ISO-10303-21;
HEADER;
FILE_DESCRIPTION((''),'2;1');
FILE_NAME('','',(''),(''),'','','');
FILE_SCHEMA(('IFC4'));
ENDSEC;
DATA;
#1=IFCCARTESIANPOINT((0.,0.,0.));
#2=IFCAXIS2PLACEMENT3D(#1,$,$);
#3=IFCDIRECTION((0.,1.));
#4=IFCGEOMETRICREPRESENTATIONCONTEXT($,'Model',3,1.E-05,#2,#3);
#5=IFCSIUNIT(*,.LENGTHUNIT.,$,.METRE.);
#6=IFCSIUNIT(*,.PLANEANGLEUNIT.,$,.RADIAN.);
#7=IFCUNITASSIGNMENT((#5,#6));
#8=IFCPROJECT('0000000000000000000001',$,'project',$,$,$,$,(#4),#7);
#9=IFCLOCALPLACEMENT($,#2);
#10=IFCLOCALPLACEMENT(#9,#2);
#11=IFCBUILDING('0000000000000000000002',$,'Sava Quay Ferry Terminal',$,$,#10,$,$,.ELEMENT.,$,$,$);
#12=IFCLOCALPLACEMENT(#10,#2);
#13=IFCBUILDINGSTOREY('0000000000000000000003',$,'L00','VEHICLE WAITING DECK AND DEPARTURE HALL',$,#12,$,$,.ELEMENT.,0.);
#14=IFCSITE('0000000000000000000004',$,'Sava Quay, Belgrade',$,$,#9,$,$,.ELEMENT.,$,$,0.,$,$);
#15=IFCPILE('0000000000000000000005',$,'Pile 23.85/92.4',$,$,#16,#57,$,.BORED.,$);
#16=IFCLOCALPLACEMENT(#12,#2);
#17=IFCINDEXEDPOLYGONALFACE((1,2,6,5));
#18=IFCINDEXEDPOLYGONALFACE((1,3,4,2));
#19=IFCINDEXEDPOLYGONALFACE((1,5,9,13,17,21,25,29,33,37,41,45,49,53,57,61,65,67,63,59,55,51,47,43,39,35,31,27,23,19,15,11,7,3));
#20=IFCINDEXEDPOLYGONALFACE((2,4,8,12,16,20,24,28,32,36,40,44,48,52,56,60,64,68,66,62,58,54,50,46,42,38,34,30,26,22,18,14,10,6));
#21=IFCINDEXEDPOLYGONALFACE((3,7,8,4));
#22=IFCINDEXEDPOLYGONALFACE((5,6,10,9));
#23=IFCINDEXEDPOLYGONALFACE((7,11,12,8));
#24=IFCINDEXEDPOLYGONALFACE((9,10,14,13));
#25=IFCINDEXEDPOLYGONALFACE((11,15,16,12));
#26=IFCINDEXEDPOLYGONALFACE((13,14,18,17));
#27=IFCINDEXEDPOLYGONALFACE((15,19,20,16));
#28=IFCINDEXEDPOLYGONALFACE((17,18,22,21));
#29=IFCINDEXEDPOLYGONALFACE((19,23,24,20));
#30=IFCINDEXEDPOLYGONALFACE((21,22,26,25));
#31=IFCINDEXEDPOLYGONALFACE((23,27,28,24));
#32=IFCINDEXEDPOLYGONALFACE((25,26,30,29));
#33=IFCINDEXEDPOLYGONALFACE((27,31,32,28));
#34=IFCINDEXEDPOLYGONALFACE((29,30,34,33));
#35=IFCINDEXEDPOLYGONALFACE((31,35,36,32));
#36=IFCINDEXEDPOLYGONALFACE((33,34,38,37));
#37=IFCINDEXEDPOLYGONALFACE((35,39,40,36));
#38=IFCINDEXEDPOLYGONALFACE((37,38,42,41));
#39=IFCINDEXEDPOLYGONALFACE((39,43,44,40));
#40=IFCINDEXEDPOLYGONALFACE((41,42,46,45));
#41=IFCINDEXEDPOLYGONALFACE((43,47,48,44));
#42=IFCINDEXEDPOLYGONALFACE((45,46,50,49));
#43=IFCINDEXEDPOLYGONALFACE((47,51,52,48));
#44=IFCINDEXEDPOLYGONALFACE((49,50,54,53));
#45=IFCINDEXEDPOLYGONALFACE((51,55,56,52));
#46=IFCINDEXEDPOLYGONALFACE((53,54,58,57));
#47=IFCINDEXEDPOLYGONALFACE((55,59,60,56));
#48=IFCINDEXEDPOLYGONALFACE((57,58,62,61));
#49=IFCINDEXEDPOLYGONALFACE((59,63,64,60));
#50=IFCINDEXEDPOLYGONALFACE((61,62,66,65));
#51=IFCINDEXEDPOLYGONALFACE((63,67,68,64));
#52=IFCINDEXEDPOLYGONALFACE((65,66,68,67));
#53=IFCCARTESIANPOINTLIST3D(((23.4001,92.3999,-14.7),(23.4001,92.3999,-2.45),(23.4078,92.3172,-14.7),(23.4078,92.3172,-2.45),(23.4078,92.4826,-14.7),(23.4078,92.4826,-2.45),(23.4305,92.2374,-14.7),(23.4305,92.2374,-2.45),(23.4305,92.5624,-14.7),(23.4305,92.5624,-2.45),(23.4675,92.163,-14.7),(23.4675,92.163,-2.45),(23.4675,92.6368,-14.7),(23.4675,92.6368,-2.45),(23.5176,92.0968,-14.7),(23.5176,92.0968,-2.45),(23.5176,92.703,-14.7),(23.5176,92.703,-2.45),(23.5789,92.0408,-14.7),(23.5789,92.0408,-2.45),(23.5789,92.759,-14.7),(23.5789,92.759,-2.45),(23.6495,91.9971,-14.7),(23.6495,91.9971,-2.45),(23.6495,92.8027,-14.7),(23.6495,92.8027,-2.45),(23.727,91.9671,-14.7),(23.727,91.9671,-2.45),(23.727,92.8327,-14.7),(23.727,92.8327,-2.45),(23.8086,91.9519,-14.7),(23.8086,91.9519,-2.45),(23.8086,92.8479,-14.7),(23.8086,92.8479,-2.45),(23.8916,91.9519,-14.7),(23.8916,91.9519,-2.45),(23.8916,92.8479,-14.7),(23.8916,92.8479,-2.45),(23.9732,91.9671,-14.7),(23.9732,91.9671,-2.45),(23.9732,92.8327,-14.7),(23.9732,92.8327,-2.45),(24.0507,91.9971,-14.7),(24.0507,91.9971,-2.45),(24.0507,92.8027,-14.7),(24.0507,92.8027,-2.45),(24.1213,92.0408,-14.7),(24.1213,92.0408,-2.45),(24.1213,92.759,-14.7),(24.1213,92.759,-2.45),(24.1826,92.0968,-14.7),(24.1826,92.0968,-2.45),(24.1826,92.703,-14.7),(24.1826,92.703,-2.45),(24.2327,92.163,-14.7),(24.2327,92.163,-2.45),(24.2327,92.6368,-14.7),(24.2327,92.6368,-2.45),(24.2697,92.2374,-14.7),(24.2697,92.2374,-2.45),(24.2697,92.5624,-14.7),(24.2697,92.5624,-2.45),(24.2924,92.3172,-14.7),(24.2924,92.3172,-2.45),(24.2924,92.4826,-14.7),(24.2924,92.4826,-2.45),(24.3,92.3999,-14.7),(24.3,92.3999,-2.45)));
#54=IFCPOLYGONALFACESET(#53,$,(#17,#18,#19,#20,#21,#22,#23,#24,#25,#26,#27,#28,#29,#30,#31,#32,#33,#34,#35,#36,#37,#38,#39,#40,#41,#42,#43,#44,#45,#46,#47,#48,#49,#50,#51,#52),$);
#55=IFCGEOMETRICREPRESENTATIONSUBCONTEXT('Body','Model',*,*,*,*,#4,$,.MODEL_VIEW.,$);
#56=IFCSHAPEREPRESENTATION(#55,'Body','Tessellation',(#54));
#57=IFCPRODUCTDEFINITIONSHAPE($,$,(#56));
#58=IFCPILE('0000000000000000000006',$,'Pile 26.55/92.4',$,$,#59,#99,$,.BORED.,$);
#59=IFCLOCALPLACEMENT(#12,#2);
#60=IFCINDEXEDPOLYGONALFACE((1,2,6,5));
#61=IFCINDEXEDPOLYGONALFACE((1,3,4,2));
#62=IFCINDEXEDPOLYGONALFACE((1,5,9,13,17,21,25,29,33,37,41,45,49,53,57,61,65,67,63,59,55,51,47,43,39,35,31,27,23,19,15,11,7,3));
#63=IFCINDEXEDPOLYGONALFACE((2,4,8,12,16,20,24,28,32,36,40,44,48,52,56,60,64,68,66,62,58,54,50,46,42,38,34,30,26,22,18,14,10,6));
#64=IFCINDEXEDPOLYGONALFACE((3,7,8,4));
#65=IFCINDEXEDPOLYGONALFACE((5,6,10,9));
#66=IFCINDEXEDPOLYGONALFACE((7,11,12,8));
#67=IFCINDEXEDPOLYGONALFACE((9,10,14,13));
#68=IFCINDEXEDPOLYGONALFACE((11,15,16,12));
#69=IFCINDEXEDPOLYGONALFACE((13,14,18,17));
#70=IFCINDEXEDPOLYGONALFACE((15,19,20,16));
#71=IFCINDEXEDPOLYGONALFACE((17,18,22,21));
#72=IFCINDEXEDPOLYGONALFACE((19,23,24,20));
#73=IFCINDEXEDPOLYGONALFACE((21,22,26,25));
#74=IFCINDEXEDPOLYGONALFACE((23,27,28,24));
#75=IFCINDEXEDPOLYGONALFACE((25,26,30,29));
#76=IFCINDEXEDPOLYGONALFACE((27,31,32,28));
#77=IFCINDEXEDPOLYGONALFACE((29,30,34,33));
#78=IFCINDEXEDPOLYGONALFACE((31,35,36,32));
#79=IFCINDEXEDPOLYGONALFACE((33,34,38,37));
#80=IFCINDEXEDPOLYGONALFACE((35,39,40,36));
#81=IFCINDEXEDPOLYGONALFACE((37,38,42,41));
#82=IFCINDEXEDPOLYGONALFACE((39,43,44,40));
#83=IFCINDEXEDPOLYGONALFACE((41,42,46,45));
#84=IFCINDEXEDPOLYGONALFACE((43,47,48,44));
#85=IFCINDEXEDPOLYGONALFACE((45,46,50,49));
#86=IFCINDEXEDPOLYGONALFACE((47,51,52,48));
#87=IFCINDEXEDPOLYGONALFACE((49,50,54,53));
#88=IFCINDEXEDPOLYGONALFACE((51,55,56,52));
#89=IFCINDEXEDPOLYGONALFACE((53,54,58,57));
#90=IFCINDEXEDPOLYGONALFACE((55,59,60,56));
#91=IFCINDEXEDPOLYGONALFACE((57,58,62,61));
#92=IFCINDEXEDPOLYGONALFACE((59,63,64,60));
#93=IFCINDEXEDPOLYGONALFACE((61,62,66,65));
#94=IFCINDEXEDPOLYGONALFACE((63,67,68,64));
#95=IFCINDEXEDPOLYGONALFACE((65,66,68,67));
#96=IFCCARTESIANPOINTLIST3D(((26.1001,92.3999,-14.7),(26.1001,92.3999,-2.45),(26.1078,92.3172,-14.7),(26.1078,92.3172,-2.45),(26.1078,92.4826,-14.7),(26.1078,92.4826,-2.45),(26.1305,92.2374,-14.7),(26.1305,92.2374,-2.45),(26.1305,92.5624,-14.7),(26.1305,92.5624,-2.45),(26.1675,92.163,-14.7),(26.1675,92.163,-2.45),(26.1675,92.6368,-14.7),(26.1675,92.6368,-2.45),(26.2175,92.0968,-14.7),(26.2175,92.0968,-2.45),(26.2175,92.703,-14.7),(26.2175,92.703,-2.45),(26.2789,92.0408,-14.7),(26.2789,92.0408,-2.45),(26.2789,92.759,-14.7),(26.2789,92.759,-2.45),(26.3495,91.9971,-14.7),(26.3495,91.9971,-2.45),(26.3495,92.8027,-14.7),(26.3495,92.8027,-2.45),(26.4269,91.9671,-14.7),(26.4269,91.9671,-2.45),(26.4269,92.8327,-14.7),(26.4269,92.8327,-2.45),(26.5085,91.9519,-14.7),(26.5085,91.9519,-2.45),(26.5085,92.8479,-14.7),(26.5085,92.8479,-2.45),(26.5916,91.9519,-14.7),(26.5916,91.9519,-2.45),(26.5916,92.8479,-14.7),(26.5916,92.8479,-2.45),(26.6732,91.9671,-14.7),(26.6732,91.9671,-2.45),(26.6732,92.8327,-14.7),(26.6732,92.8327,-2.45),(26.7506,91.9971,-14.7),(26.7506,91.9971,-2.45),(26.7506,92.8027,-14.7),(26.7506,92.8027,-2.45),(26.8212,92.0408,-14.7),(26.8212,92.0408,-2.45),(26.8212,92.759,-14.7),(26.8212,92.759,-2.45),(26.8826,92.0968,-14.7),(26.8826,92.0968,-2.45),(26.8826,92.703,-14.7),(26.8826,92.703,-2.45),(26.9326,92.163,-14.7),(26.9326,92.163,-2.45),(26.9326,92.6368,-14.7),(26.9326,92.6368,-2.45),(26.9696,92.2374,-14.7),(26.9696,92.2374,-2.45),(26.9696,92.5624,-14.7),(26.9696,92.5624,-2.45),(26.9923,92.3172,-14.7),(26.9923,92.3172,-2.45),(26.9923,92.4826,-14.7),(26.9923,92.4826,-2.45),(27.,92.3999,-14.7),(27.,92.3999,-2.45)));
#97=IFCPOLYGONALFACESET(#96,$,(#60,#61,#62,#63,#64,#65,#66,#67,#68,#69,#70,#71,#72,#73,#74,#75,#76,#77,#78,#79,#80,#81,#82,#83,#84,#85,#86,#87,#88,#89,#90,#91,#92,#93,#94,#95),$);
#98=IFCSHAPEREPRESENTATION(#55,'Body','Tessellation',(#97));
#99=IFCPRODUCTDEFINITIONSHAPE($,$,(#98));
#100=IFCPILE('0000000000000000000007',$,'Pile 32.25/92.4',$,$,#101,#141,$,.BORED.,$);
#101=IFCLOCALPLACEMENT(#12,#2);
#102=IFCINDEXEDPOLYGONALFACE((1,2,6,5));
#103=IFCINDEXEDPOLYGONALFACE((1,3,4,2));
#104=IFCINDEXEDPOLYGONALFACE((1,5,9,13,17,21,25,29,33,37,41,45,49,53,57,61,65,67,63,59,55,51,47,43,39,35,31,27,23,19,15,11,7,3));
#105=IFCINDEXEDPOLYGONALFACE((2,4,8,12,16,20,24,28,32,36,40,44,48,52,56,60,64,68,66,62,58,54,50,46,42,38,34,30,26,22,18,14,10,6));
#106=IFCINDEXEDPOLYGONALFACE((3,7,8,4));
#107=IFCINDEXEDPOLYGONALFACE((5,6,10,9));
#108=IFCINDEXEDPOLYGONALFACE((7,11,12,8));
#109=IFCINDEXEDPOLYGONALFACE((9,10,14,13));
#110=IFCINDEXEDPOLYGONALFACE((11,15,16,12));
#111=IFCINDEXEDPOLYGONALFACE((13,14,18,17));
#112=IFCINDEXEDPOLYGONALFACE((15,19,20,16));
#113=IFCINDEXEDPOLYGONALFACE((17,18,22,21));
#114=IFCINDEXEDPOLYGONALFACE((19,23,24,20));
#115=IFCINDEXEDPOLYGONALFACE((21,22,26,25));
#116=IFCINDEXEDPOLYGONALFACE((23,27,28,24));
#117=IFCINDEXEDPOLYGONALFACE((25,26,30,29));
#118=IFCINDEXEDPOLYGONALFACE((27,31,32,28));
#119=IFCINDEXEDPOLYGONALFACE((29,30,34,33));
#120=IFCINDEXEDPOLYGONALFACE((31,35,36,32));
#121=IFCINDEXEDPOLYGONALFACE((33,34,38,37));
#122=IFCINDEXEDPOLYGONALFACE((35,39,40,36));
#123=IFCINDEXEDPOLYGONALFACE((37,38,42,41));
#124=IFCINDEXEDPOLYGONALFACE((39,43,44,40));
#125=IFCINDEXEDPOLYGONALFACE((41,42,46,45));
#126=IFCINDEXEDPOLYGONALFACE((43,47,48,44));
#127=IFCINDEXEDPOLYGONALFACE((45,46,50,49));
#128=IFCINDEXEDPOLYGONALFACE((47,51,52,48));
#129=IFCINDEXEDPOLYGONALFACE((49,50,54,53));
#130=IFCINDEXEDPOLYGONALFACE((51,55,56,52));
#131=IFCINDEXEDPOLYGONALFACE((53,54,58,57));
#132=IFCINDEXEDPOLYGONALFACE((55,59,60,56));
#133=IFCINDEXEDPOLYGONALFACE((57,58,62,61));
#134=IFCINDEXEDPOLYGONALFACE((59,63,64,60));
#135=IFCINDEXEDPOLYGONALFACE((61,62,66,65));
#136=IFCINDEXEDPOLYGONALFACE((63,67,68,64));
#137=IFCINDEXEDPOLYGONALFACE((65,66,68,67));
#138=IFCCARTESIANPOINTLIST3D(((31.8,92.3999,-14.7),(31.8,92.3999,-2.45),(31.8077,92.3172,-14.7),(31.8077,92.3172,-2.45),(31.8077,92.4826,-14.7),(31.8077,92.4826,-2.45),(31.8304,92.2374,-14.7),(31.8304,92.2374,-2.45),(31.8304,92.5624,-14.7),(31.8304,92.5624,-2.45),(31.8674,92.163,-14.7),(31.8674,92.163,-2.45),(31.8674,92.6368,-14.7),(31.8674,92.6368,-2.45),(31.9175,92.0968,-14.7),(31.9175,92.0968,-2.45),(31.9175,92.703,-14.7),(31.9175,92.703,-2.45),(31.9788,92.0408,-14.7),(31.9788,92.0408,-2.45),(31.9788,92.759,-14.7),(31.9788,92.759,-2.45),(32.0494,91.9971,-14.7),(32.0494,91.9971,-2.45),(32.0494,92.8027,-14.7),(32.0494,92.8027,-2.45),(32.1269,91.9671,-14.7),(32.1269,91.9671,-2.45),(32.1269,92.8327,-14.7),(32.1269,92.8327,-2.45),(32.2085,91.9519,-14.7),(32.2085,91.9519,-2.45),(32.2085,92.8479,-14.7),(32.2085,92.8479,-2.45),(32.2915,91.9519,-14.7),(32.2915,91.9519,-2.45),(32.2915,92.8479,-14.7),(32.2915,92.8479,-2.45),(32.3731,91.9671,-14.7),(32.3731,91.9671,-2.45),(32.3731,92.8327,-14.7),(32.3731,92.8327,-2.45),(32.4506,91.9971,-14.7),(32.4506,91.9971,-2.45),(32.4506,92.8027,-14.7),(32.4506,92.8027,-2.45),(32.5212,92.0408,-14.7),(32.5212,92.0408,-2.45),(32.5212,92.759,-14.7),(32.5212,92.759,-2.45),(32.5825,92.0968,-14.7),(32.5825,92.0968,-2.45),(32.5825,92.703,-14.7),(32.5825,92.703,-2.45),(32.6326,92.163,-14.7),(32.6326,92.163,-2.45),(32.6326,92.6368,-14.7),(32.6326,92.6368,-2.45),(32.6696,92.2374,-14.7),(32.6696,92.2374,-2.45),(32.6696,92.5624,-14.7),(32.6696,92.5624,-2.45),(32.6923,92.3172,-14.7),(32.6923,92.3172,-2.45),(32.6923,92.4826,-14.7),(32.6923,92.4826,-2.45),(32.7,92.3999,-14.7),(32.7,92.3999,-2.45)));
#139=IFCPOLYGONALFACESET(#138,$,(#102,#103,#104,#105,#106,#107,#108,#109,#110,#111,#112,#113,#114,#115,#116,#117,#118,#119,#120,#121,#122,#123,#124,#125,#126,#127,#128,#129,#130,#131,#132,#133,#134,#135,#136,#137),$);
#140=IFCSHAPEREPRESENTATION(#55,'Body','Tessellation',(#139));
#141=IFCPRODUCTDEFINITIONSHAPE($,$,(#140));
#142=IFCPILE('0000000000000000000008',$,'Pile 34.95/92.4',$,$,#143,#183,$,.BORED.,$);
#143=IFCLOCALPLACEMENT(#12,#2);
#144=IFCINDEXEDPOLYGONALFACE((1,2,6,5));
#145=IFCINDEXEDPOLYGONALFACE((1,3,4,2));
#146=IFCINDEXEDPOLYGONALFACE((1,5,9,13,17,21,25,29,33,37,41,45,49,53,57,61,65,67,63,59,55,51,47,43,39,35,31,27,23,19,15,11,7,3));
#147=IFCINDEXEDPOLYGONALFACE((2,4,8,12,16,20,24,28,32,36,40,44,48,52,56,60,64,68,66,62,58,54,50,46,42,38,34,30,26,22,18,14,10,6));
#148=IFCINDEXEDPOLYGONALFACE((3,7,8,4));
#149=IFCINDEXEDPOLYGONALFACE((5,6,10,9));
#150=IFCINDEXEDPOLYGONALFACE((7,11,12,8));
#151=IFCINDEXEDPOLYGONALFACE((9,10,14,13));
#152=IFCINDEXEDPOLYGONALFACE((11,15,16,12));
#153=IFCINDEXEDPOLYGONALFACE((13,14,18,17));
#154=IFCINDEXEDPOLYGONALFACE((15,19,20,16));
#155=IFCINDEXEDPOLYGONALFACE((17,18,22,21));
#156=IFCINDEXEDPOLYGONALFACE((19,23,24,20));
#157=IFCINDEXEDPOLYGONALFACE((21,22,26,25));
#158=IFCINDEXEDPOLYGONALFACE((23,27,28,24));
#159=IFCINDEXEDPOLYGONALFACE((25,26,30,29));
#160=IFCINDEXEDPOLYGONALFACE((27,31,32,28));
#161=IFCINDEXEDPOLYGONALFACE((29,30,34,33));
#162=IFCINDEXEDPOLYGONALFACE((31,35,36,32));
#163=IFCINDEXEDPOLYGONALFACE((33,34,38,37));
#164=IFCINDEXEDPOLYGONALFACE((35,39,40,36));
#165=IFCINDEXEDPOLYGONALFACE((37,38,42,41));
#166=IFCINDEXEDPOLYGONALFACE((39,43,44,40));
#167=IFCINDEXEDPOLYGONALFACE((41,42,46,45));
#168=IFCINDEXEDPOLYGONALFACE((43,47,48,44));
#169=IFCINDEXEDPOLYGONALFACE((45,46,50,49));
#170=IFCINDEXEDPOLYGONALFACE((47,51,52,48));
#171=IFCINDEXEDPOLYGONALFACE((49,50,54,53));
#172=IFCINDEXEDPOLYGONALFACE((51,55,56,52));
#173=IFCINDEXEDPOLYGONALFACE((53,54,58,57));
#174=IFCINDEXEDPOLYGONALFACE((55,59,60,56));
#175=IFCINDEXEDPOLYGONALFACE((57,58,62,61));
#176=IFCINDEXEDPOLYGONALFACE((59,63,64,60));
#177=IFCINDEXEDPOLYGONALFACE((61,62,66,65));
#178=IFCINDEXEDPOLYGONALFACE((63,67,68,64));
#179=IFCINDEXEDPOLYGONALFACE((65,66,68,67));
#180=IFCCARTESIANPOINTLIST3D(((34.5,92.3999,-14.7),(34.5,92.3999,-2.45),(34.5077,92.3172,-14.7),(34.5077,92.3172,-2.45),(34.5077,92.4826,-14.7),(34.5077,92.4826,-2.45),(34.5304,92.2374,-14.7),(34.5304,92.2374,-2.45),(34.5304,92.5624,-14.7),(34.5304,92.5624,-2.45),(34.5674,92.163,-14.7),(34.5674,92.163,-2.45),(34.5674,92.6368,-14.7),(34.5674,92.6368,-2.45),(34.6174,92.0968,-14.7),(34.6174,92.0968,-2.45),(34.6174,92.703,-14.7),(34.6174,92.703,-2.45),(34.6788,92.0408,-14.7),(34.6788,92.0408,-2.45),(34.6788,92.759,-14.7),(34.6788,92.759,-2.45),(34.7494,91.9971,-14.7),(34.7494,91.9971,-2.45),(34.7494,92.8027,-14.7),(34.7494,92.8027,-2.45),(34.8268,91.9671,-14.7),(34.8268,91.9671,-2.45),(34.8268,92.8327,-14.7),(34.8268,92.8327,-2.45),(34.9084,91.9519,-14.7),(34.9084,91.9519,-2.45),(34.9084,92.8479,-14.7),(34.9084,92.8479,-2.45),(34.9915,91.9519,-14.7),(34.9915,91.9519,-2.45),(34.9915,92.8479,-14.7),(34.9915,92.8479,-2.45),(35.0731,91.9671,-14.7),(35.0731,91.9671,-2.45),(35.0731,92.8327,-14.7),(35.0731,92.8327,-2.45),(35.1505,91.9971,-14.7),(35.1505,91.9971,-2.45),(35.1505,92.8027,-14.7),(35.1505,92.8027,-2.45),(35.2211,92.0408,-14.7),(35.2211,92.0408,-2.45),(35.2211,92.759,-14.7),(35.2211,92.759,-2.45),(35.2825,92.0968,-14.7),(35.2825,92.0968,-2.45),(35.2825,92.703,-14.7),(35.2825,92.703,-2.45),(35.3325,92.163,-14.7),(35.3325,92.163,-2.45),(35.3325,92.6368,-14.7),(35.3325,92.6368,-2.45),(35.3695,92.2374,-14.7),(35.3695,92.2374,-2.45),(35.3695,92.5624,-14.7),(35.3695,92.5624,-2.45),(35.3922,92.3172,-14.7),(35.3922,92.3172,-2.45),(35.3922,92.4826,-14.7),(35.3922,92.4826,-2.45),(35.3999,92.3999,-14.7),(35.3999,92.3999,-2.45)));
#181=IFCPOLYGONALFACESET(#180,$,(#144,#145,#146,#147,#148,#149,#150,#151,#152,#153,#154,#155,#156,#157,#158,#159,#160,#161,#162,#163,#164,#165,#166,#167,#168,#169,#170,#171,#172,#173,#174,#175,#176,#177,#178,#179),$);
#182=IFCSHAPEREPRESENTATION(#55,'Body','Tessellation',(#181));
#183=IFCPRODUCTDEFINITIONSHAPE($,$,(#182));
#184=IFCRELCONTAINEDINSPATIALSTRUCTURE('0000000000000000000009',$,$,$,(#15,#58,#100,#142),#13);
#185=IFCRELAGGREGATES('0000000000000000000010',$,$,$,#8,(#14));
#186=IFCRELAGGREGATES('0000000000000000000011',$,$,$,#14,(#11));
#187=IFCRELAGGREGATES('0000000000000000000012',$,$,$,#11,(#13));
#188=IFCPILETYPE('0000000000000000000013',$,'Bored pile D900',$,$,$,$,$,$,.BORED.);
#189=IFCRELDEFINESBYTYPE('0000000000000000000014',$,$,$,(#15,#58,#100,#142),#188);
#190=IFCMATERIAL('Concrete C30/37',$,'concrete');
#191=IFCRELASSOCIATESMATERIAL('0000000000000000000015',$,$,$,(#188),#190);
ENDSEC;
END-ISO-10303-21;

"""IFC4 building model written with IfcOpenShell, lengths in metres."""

from ifc_helpers import new_model, si_unit, direction, frame, origin, origin_2d, place, context, subcontext, project, spatial, circle, extrude, material, material_profile, profile_set, type_object, element, save


model = new_model("IFC4")

# Units and contexts
model_context = context("Model", 3, precision=1e-05, world=origin(), true_north=direction((0.0, 1.0)))
body_context = subcontext(model_context, "Body", "Model", "MODEL_VIEW")
ifc_project = project(units=[si_unit("LENGTHUNIT", "METRE"), si_unit("PLANEANGLEUNIT", "RADIAN")], contexts=[model_context])

# Site, building, storey
site_placement = place(None, origin())
site = spatial("IfcSite", under=ifc_project, at=site_placement, Name="Sava Quay, Belgrade", CompositionType="ELEMENT", RefElevation=0.0)
building_placement = place(site_placement, origin())
building = spatial("IfcBuilding", under=site, at=building_placement, Name="Sava Quay Ferry Terminal", CompositionType="ELEMENT")
storey_placement = place(building_placement, origin())
storey = spatial("IfcBuildingStorey", under=building, at=storey_placement, Name="L00", Description="VEHICLE WAITING DECK AND DEPARTURE HALL", CompositionType="ELEMENT", Elevation=0.0)

# Piles
ifc_material_1 = material(Name="Concrete C30/37", Category="concrete")
ifc_material_profile_1 = material_profile(ifc_material_1, circle(Radius=0.45, at=origin_2d()), Name="Bored pile D900")
ifc_profile_set_1 = profile_set([ifc_material_profile_1], Name="Concrete C30/37")
pile_type = type_object("IfcPileType", Name="Bored pile D900", PredefinedType="BORED", material=ifc_profile_set_1)
for number, where, z_axis, x_axis, name in (
    (1, (23.8501, 92.3999, -2.45), (0.0, 0.0, -1.0), (1.0, 0.0, 0.0), "Pile 23.85/92.4"),
    (2, (26.55, 92.3999, -2.45), (0.0, 0.0, -1.0), (1.0, 0.0, 0.0), "Pile 26.55/92.4"),
    (3, (32.25, 92.3999, -2.45), (0.0, 0.0, -1.0), (1.0, 0.0, 0.0), "Pile 32.25/92.4"),
    (4, (34.95, 92.3999, -2.45), (0.0, 0.0, -1.0), (1.0, 0.0, 0.0), "Pile 34.95/92.4"),
):
    element("IfcPile", number, at=place(storey_placement, frame(where, z_axis=z_axis, x_axis=x_axis)), inside=storey, type_object=pile_type, Name=name, PredefinedType="BORED", context=body_context, shape_type="SweptSolid", body=[
        extrude(circle(Radius=0.45, at=origin_2d()), origin(), (0.0, 0.0, 1.0), 12.25),
    ])

save(model, "model.ifc")
